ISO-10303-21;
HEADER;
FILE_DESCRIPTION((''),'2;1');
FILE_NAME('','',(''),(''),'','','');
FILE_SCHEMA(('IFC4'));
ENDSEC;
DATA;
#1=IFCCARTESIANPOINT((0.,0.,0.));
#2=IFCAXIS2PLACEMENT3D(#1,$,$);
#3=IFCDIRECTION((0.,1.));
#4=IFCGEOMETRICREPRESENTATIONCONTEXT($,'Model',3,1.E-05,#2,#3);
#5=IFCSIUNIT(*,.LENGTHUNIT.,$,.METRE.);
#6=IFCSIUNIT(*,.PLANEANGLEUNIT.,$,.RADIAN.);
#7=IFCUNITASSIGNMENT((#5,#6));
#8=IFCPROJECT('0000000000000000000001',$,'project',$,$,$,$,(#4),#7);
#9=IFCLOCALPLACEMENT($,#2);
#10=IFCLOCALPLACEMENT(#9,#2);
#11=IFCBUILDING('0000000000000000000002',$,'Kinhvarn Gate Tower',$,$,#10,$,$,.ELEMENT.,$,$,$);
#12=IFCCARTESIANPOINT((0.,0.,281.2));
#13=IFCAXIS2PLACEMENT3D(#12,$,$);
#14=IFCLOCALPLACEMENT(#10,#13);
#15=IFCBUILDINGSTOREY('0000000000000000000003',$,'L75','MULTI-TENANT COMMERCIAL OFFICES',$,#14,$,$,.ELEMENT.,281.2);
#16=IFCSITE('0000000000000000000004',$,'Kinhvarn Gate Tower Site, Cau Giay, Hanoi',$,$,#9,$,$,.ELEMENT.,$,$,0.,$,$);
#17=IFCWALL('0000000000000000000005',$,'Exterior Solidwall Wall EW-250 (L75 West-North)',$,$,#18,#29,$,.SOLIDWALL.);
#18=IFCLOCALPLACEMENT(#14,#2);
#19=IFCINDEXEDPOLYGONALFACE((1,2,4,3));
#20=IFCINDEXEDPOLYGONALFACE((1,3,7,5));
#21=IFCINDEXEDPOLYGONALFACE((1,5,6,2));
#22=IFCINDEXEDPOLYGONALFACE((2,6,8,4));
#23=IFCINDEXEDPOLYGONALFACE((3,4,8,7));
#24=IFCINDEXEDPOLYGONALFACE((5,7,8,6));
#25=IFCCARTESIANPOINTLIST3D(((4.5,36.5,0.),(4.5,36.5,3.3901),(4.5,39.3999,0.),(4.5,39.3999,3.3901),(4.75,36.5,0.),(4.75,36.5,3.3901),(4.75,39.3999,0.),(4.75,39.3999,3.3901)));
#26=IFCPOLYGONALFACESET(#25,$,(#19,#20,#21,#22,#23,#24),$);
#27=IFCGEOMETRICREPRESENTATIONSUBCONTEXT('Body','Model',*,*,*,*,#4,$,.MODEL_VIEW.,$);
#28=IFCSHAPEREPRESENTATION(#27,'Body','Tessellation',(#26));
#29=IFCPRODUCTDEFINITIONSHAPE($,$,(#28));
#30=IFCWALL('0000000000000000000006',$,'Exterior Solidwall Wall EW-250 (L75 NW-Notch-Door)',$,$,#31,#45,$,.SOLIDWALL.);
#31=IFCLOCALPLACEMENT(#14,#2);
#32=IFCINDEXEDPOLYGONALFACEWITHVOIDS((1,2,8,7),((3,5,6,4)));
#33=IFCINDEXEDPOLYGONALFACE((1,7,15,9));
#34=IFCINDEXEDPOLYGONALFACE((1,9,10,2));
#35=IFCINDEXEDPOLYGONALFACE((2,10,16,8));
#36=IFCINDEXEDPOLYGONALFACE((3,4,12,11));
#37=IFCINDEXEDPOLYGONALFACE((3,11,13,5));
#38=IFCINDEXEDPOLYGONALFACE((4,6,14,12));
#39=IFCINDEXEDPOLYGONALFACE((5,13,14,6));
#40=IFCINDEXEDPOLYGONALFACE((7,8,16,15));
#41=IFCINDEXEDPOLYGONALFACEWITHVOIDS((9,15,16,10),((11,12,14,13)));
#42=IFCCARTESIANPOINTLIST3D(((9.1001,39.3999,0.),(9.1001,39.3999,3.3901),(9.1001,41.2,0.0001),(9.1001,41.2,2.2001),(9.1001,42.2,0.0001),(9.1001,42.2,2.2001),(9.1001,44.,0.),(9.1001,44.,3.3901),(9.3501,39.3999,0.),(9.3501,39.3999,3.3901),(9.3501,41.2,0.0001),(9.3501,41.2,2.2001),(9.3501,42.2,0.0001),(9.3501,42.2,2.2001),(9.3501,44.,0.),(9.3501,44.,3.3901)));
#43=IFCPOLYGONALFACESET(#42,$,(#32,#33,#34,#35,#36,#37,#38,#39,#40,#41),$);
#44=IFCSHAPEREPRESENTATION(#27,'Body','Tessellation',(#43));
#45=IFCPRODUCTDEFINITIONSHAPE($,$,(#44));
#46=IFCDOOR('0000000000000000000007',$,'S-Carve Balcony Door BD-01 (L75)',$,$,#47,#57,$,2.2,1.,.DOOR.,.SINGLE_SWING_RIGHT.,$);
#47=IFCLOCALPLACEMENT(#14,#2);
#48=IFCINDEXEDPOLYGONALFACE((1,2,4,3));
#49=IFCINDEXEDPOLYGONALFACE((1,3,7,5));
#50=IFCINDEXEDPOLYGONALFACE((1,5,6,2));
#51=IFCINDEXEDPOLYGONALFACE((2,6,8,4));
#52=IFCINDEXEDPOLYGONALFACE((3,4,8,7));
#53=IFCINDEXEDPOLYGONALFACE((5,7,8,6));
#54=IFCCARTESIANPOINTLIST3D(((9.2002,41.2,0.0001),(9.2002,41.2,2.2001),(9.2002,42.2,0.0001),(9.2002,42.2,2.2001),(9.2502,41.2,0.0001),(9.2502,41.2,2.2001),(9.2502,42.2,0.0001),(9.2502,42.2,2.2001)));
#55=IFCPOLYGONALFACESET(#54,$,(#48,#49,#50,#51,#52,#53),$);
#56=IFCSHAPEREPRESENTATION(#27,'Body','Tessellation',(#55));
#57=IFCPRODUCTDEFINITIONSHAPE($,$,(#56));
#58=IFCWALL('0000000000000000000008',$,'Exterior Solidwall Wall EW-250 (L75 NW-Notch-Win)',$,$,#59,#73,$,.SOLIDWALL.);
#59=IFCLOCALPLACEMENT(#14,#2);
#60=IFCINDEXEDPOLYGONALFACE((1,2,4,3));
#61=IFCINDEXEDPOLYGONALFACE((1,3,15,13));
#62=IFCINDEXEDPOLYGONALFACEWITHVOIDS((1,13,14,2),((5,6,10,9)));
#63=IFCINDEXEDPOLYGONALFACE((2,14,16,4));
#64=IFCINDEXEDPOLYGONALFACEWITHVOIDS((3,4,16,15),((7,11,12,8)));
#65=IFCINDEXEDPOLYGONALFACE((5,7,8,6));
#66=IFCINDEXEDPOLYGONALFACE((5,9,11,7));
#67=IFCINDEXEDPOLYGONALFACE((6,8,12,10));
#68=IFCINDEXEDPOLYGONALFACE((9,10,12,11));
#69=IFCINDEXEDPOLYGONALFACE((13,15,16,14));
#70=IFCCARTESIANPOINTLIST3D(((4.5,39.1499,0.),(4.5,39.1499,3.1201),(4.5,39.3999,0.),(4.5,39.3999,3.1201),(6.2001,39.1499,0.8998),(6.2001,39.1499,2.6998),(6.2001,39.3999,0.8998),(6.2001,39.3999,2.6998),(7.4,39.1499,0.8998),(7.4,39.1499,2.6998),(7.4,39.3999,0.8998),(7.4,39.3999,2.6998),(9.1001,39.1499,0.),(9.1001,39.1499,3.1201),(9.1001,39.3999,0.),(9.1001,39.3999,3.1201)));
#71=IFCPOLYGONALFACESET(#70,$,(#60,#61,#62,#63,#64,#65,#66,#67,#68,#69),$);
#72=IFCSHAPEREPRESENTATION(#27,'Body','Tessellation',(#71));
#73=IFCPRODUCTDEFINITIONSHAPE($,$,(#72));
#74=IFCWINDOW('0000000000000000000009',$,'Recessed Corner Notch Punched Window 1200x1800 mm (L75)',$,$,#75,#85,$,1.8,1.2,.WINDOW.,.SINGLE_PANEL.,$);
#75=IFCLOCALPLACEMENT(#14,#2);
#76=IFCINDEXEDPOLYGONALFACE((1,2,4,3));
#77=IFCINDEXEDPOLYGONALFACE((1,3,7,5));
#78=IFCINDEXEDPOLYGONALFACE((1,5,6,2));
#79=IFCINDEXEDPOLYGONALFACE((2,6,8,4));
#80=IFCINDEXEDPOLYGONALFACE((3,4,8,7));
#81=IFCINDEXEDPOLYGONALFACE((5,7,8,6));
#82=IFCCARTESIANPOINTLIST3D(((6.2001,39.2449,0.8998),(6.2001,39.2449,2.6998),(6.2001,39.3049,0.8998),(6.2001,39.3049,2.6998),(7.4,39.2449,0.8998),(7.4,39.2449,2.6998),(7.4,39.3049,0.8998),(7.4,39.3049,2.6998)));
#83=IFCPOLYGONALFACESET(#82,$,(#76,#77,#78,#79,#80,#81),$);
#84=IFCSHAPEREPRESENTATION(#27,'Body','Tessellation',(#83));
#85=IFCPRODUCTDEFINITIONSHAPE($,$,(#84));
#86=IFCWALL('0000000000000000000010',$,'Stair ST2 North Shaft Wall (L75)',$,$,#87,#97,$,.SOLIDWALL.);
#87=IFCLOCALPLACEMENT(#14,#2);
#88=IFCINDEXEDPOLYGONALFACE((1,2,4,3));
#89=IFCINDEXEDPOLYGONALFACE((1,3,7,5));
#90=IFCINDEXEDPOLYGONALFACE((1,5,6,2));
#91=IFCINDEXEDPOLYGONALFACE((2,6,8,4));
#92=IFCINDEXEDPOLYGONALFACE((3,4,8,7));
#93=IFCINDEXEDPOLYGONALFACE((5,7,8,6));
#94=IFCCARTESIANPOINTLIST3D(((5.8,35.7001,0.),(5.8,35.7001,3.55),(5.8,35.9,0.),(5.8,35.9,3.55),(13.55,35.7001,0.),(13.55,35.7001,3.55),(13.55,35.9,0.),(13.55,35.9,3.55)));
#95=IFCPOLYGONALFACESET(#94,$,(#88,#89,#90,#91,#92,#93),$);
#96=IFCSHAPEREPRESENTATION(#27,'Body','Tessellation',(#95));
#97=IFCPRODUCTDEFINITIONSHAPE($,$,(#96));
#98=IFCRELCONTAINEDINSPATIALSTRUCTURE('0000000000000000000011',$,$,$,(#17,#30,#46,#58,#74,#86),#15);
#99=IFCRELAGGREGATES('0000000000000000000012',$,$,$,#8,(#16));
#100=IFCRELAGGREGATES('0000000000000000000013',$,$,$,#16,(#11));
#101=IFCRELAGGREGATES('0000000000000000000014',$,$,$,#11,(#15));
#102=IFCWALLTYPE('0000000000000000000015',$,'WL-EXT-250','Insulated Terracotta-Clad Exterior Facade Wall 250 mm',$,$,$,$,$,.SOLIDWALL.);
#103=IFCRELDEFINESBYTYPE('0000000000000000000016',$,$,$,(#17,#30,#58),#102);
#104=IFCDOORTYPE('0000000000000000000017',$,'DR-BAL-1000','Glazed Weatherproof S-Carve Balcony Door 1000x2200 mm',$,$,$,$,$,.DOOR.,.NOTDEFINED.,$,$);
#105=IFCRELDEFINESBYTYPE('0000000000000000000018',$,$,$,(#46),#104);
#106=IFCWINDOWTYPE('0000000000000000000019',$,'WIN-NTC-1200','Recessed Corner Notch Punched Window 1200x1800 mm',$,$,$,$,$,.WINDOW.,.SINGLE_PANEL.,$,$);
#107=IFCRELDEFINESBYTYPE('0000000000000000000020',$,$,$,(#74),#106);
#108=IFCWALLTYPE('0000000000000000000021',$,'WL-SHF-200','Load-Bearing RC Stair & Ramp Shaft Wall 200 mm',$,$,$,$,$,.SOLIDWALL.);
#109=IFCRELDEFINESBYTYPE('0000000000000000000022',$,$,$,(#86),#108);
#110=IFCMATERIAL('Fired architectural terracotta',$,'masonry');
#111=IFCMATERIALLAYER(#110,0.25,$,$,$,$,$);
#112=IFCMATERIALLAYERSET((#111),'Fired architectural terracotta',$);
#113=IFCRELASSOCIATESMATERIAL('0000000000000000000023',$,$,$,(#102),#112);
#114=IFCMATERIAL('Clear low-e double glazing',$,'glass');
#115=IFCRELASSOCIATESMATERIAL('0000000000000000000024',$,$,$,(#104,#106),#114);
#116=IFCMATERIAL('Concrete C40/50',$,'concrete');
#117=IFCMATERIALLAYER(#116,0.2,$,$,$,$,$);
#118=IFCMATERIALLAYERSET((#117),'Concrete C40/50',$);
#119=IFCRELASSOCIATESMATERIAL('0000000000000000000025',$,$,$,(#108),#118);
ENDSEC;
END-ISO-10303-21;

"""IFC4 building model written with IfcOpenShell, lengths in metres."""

from ifc_helpers import new_model, si_unit, direction, frame, frame_2d, origin, place, context, subcontext, project, spatial, rectangle, extrude, material, layer, layer_set, type_object, element, fill, save


model = new_model("IFC4")

# Units and contexts
model_context = context("Model", 3, precision=1e-05, world=origin(), true_north=direction((0.0, 1.0)))
body_context = subcontext(model_context, "Body", "Model", "MODEL_VIEW")
ifc_project = project(units=[si_unit("LENGTHUNIT", "METRE"), si_unit("PLANEANGLEUNIT", "RADIAN")], contexts=[model_context])

# Site, building, storey
site_placement = place(None, origin())
site = spatial("IfcSite", under=ifc_project, at=site_placement, Name="Kinhvarn Gate Tower Site, Cau Giay, Hanoi", CompositionType="ELEMENT", RefElevation=0.0)
building_placement = place(site_placement, origin())
building = spatial("IfcBuilding", under=site, at=building_placement, Name="Kinhvarn Gate Tower", CompositionType="ELEMENT")
storey_placement = place(building_placement, frame((0.0, 0.0, 281.2)))
storey = spatial("IfcBuildingStorey", under=building, at=storey_placement, Name="L75", Description="MULTI-TENANT COMMERCIAL OFFICES", CompositionType="ELEMENT", Elevation=281.2)

# Wall
ifc_material_1 = material(Name="Fired architectural terracotta", Category="masonry")
ifc_layer_1 = layer(ifc_material_1, 0.25)
ifc_layer_set_1 = layer_set([ifc_layer_1], Name="Fired architectural terracotta")
wall_type_1 = type_object("IfcWallType", Name="WL-EXT-250", Description="Insulated Terracotta-Clad Exterior Facade Wall 250 mm", PredefinedType="SOLIDWALL", material=ifc_layer_set_1)
wall_1_placement = place(storey_placement, frame((4.625, 39.3999, 0.0), z_axis=(0.0, 0.0, 1.0), x_axis=(0.0, -1.0, 0.0)))
element("IfcWall", 1, at=wall_1_placement, inside=storey, type_object=wall_type_1, Name="Exterior Solidwall Wall EW-250 (L75 West-North)", PredefinedType="SOLIDWALL", context=body_context, shape_type="SweptSolid", body=[
    extrude(rectangle(XDim=2.8999, YDim=0.25, at=frame_2d((1.45, 0.0))), origin(), (0.0, 0.0, 1.0), 3.3901),
])

# Wall, opening, door
wall_2_placement = place(storey_placement, frame((9.2251, 44.0, 0.0), z_axis=(0.0, 0.0, 1.0), x_axis=(0.0, -1.0, 0.0)))
wall_2 = element("IfcWall", 2, at=wall_2_placement, inside=storey, type_object=wall_type_1, Name="Exterior Solidwall Wall EW-250 (L75 NW-Notch-Door)", PredefinedType="SOLIDWALL", context=body_context, shape_type="SweptSolid", body=[
    extrude(rectangle(XDim=4.6001, YDim=0.25, at=frame_2d((2.3, 0.0))), origin(), (0.0, 0.0, 1.0), 3.3901),
])
opening_1_placement = place(wall_2_placement, frame((1.8, 0.0, 0.0)))
opening_1 = element("IfcOpeningElement", 3, at=opening_1_placement, cuts=wall_2, PredefinedType="OPENING", context=body_context, shape_type="SweptSolid", body=[
    extrude(rectangle(XDim=1.0, YDim=2.2, at=frame_2d((0.5, 1.1001))), frame((0.0, 0.135, 0.0), z_axis=(0.0, -1.0, 0.0), x_axis=(1.0, 0.0, 0.0)), (0.0, 0.0, 1.0), 0.27),
])
ifc_material_2 = material(Name="Clear low-e double glazing", Category="glass")
door_type = type_object("IfcDoorType", Name="DR-BAL-1000", Description="Glazed Weatherproof S-Carve Balcony Door 1000x2200 mm", OperationType="NOTDEFINED", PredefinedType="DOOR", material=ifc_material_2)
door_placement = place(opening_1_placement, frame((1.0, 0.0, 0.0), z_axis=(0.0, 0.0, 1.0), x_axis=(-1.0, 0.0, 0.0)))
door = element("IfcDoor", 4, at=door_placement, inside=storey, type_object=door_type, Name="S-Carve Balcony Door BD-01 (L75)", OperationType="SINGLE_SWING_RIGHT", OverallHeight=2.2, OverallWidth=1.0, PredefinedType="DOOR", context=body_context, shape_type="SweptSolid", body=[
    extrude(rectangle(XDim=1.0, YDim=2.2, at=frame_2d((0.5, 1.1001))), frame((0.0, 0.0249, 0.0), z_axis=(0.0, -1.0, 0.0), x_axis=(1.0, 0.0, 0.0)), (0.0, 0.0, 1.0), 0.05),
])
fill(opening_1, door)

# Wall, opening, window
wall_3_placement = place(storey_placement, frame((9.1001, 39.2749, 0.0), z_axis=(0.0, 0.0, 1.0), x_axis=(-1.0, 0.0, 0.0)))
wall_3 = element("IfcWall", 5, at=wall_3_placement, inside=storey, type_object=wall_type_1, Name="Exterior Solidwall Wall EW-250 (L75 NW-Notch-Win)", PredefinedType="SOLIDWALL", context=body_context, shape_type="SweptSolid", body=[
    extrude(rectangle(XDim=4.6001, YDim=0.25, at=frame_2d((2.3, 0.0))), origin(), (0.0, 0.0, 1.0), 3.1201),
])
opening_2_placement = place(wall_3_placement, frame((1.7, 0.0, 0.8999)))
opening_2 = element("IfcOpeningElement", 6, at=opening_2_placement, cuts=wall_3, PredefinedType="OPENING", context=body_context, shape_type="SweptSolid", body=[
    extrude(rectangle(XDim=1.2, YDim=1.8, at=frame_2d((0.6001, 0.8999))), frame((0.0, 0.135, 0.0), z_axis=(0.0, -1.0, 0.0), x_axis=(1.0, 0.0, 0.0)), (0.0, 0.0, 1.0), 0.27),
])
window_type = type_object("IfcWindowType", Name="WIN-NTC-1200", Description="Recessed Corner Notch Punched Window 1200x1800 mm", PartitioningType="SINGLE_PANEL", PredefinedType="WINDOW", material=ifc_material_2)
window_placement = place(opening_2_placement, origin())
window = element("IfcWindow", 7, at=window_placement, inside=storey, type_object=window_type, Name="Recessed Corner Notch Punched Window 1200x1800 mm (L75)", OverallHeight=1.8, OverallWidth=1.2, PartitioningType="SINGLE_PANEL", PredefinedType="WINDOW", context=body_context, shape_type="SweptSolid", body=[
    extrude(rectangle(XDim=1.2, YDim=1.8, at=frame_2d((0.6001, 0.8999))), frame((0.0, 0.03, 0.0), z_axis=(0.0, -1.0, 0.0), x_axis=(1.0, 0.0, 0.0)), (0.0, 0.0, 1.0), 0.0601),
])
fill(opening_2, window)

# Wall
ifc_material_3 = material(Name="Concrete C40/50", Category="concrete")
ifc_layer_2 = layer(ifc_material_3, 0.2)
ifc_layer_set_2 = layer_set([ifc_layer_2], Name="Concrete C40/50")
wall_type_2 = type_object("IfcWallType", Name="WL-SHF-200", Description="Load-Bearing RC Stair & Ramp Shaft Wall 200 mm", PredefinedType="SOLIDWALL", material=ifc_layer_set_2)
wall_4_placement = place(storey_placement, frame((5.8, 35.8, 0.0), z_axis=(0.0, 0.0, 1.0), x_axis=(1.0, 0.0, 0.0)))
element("IfcWall", 8, at=wall_4_placement, inside=storey, type_object=wall_type_2, Name="Stair ST2 North Shaft Wall (L75)", PredefinedType="SOLIDWALL", context=body_context, shape_type="SweptSolid", body=[
    extrude(rectangle(XDim=7.75, YDim=0.2, at=frame_2d((3.875, 0.0))), origin(), (0.0, 0.0, 1.0), 3.55),
])

save(model, "model.ifc")
